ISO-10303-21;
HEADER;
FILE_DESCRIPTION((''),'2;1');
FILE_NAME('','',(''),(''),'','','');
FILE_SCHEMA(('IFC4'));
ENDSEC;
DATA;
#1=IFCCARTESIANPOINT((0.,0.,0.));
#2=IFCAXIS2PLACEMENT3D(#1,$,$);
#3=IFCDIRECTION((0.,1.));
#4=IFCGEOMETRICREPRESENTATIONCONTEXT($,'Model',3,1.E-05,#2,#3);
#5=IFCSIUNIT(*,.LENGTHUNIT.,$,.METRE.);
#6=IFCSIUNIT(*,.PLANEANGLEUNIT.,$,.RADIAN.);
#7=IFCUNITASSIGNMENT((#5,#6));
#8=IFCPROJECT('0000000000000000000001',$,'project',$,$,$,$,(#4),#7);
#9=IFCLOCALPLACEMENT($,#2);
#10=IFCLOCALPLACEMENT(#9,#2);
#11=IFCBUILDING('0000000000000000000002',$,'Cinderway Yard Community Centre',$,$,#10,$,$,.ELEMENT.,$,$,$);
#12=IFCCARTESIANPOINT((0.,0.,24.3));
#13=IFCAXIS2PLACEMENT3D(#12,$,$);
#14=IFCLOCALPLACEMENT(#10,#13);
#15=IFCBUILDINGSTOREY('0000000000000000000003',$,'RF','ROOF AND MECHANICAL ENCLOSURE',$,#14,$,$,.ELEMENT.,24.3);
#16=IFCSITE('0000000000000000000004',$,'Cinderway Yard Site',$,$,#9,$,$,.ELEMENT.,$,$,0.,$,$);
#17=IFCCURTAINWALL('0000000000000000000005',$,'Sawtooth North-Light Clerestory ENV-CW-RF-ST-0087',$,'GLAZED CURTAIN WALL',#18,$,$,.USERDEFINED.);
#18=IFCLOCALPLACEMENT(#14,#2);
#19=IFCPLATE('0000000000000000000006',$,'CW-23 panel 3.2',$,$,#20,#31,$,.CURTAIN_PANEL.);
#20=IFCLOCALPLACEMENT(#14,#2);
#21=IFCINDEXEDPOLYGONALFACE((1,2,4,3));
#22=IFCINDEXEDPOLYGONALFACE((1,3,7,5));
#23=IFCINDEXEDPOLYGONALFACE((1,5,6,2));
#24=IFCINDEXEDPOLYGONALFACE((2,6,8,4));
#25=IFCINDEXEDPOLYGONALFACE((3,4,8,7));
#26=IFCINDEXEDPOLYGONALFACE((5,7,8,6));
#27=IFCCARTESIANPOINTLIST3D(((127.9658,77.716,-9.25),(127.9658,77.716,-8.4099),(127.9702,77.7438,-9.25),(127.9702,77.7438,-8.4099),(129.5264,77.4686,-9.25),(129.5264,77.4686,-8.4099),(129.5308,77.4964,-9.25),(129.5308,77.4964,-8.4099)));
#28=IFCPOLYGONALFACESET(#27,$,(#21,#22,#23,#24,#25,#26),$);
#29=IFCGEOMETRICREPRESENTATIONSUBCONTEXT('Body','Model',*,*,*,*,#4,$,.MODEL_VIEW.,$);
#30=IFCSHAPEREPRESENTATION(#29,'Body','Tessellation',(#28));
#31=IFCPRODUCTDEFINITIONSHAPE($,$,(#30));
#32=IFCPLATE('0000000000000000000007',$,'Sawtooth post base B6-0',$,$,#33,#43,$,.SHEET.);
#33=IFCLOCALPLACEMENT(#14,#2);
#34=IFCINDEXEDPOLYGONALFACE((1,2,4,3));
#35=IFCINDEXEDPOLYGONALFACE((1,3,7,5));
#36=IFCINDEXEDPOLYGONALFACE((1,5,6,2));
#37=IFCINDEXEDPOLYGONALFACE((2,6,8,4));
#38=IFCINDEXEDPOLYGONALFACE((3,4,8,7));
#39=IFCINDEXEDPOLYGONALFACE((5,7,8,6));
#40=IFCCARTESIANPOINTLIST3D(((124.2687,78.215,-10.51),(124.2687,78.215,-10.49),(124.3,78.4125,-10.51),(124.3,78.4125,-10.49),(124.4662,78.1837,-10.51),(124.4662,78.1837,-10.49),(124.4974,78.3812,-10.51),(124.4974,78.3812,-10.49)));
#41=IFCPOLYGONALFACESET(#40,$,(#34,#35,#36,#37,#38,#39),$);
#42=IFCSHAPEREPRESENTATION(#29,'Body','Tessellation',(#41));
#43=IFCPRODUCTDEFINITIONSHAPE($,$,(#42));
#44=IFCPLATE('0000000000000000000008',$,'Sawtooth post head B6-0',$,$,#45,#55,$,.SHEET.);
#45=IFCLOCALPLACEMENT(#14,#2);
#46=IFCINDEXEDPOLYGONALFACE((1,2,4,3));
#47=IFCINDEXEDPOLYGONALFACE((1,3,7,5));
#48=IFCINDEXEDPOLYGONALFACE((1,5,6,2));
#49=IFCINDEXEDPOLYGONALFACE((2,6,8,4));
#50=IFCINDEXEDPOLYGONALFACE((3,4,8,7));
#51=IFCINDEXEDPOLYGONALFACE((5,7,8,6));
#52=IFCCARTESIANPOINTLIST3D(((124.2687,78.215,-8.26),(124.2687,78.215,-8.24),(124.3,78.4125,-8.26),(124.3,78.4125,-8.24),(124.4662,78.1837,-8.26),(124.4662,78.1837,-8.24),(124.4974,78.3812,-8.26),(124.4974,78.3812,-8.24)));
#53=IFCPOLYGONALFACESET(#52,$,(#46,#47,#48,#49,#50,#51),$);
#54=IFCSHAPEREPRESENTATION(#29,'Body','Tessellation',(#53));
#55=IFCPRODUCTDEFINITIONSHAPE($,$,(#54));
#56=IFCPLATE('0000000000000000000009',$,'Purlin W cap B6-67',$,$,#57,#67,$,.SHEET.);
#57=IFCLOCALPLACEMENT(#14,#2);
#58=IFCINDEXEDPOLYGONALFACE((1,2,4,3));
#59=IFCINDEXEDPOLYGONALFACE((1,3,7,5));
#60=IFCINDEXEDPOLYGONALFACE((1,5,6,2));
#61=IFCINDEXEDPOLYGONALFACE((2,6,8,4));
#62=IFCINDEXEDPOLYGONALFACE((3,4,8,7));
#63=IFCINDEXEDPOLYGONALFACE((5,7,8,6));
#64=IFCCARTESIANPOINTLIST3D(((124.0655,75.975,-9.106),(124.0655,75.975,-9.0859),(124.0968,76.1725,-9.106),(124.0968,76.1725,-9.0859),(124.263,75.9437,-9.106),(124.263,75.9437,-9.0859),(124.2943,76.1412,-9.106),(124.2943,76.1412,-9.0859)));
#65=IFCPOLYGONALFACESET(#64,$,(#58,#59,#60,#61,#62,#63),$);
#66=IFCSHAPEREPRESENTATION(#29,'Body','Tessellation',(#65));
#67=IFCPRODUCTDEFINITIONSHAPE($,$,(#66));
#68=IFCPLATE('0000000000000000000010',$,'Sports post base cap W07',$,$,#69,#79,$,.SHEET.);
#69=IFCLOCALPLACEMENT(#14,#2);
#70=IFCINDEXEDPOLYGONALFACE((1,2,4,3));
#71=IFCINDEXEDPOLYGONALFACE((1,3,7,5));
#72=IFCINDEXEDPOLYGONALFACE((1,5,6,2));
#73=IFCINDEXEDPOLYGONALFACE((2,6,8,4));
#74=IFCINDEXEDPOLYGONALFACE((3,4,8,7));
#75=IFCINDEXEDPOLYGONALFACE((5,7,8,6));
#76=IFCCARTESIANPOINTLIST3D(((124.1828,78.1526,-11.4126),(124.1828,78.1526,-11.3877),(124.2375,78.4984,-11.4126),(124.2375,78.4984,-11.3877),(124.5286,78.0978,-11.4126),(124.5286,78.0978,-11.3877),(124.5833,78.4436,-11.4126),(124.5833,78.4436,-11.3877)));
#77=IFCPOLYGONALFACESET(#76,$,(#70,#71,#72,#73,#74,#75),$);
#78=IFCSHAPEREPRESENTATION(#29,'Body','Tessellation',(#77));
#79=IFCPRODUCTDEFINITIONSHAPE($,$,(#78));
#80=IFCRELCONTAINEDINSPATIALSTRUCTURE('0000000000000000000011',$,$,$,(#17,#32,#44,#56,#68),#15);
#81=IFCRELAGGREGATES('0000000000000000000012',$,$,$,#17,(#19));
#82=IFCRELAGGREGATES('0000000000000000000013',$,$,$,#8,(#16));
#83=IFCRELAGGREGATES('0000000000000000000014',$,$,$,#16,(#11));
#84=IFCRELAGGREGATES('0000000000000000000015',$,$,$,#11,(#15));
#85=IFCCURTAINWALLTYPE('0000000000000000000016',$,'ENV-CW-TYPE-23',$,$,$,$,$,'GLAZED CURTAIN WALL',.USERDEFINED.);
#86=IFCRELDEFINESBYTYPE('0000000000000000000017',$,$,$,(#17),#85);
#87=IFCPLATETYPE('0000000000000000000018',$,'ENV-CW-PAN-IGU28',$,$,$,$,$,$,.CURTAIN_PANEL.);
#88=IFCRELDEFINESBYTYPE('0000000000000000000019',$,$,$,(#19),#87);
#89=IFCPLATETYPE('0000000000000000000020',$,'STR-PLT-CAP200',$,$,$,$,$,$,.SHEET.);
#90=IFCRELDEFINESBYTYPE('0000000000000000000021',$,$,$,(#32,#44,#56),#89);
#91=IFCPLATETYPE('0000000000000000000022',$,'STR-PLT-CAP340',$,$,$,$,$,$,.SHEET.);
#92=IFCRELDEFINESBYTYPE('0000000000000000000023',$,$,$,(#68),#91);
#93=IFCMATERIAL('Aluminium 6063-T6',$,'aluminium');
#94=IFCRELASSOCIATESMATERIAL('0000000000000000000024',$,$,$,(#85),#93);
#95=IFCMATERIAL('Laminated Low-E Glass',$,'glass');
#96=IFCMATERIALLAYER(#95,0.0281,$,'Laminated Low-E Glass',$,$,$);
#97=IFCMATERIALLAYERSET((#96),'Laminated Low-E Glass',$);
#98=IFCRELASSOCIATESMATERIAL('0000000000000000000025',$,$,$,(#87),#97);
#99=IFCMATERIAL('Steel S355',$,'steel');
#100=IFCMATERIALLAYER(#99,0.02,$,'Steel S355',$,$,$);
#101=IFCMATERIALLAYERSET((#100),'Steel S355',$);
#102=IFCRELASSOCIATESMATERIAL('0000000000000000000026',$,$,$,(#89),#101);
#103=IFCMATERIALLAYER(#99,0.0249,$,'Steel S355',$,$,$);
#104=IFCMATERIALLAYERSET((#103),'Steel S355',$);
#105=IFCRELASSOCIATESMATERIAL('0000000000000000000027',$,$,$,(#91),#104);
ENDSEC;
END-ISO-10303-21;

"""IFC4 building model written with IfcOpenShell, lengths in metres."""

from ifc_helpers import new_model, si_unit, direction, frame, origin, origin_2d, place, context, subcontext, project, spatial, rectangle, extrude, material, layer, layer_set, type_object, element, aggregate, save


model = new_model("IFC4")

# Units and contexts
model_context = context("Model", 3, precision=1e-05, world=origin(), true_north=direction((0.0, 1.0)))
body_context = subcontext(model_context, "Body", "Model", "MODEL_VIEW")
ifc_project = project(units=[si_unit("LENGTHUNIT", "METRE"), si_unit("PLANEANGLEUNIT", "RADIAN")], contexts=[model_context])

# Site, building, storey
site_placement = place(None, origin())
site = spatial("IfcSite", under=ifc_project, at=site_placement, Name="Cinderway Yard Site", CompositionType="ELEMENT", RefElevation=0.0)
building_placement = place(site_placement, origin())
building = spatial("IfcBuilding", under=site, at=building_placement, Name="Cinderway Yard Community Centre", CompositionType="ELEMENT")
storey_placement = place(building_placement, frame((0.0, 0.0, 24.3)))
storey = spatial("IfcBuildingStorey", under=building, at=storey_placement, Name="RF", Description="ROOF AND MECHANICAL ENCLOSURE", CompositionType="ELEMENT", Elevation=24.3)

# Shared definitions
ifc_material_1 = material(Name="Steel S355", Category="steel")

# Curtain wall
ifc_material_2 = material(Name="Aluminium 6063-T6", Category="aluminium")
curtain_wall_type = type_object("IfcCurtainWallType", Name="ENV-CW-TYPE-23", ElementType="GLAZED CURTAIN WALL", PredefinedType="USERDEFINED", material=ifc_material_2)
curtain_wall_placement = place(storey_placement, origin())
curtain_wall = element("IfcCurtainWall", 1, at=curtain_wall_placement, inside=storey, type_object=curtain_wall_type, Name="Sawtooth North-Light Clerestory ENV-CW-RF-ST-0087", ObjectType="GLAZED CURTAIN WALL", PredefinedType="USERDEFINED")

# Plate
ifc_material_3 = material(Name="Laminated Low-E Glass", Category="glass")
ifc_layer_1 = layer(ifc_material_3, 0.0281, Name="Laminated Low-E Glass")
ifc_layer_set_1 = layer_set([ifc_layer_1], Name="Laminated Low-E Glass")
plate_type_1 = type_object("IfcPlateType", Name="ENV-CW-PAN-IGU28", PredefinedType="CURTAIN_PANEL", material=ifc_layer_set_1)
plate_1_placement = place(storey_placement, frame((128.7483, 77.6062, -9.25), z_axis=(0.0, 0.0, 1.0), x_axis=(0.987669, -0.156557, 0.0)))
plate_1 = element("IfcPlate", 2, at=plate_1_placement, type_object=plate_type_1, Name="CW-23 panel 3.2", PredefinedType="CURTAIN_PANEL", context=body_context, shape_type="SweptSolid", body=[
    extrude(rectangle(XDim=1.5801, YDim=0.0281, at=origin_2d()), origin(), (0.0, 0.0, 1.0), 0.8401),
])
aggregate(curtain_wall, [plate_1])

# Plates
ifc_layer_2 = layer(ifc_material_1, 0.02, Name="Steel S355")
ifc_layer_set_2 = layer_set([ifc_layer_2], Name="Steel S355")
plate_type_2 = type_object("IfcPlateType", Name="STR-PLT-CAP200", PredefinedType="SHEET", material=ifc_layer_set_2)
for number, where, z_axis, x_axis, name in (
    (3, (124.3831, 78.2981, -10.51), (0.0, 0.0, 1.0), (0.987688, -0.156434, 0.0), "Sawtooth post base B6-0"),
    (4, (124.3831, 78.2981, -8.26), (0.0, 0.0, 1.0), (0.987688, -0.156434, 0.0), "Sawtooth post head B6-0"),
    (5, (124.1799, 76.0581, -9.106), (0.0, 0.0, 1.0), (0.987688, -0.156434, 0.0), "Purlin W cap B6-67"),
):
    element("IfcPlate", number, at=place(storey_placement, frame(where, z_axis=z_axis, x_axis=x_axis)), inside=storey, type_object=plate_type_2, Name=name, PredefinedType="SHEET", context=body_context, shape_type="SweptSolid", body=[
        extrude(rectangle(XDim=0.2, YDim=0.2, at=origin_2d()), origin(), (0.0, 0.0, 1.0), 0.02),
    ])
ifc_layer_3 = layer(ifc_material_1, 0.0249, Name="Steel S355")
ifc_layer_set_3 = layer_set([ifc_layer_3], Name="Steel S355")
plate_type_3 = type_object("IfcPlateType", Name="STR-PLT-CAP340", PredefinedType="SHEET", material=ifc_layer_set_3)
plate_2_placement = place(storey_placement, frame((124.3831, 78.2981, -11.4126), z_axis=(0.0, 0.0, 1.0), x_axis=(0.987688, -0.156434, 0.0)))
element("IfcPlate", 6, at=plate_2_placement, inside=storey, type_object=plate_type_3, Name="Sports post base cap W07", PredefinedType="SHEET", context=body_context, shape_type="SweptSolid", body=[
    extrude(rectangle(XDim=0.3501, YDim=0.3501, at=origin_2d()), origin(), (0.0, 0.0, 1.0), 0.0249),
])

save(model, "model.ifc")
